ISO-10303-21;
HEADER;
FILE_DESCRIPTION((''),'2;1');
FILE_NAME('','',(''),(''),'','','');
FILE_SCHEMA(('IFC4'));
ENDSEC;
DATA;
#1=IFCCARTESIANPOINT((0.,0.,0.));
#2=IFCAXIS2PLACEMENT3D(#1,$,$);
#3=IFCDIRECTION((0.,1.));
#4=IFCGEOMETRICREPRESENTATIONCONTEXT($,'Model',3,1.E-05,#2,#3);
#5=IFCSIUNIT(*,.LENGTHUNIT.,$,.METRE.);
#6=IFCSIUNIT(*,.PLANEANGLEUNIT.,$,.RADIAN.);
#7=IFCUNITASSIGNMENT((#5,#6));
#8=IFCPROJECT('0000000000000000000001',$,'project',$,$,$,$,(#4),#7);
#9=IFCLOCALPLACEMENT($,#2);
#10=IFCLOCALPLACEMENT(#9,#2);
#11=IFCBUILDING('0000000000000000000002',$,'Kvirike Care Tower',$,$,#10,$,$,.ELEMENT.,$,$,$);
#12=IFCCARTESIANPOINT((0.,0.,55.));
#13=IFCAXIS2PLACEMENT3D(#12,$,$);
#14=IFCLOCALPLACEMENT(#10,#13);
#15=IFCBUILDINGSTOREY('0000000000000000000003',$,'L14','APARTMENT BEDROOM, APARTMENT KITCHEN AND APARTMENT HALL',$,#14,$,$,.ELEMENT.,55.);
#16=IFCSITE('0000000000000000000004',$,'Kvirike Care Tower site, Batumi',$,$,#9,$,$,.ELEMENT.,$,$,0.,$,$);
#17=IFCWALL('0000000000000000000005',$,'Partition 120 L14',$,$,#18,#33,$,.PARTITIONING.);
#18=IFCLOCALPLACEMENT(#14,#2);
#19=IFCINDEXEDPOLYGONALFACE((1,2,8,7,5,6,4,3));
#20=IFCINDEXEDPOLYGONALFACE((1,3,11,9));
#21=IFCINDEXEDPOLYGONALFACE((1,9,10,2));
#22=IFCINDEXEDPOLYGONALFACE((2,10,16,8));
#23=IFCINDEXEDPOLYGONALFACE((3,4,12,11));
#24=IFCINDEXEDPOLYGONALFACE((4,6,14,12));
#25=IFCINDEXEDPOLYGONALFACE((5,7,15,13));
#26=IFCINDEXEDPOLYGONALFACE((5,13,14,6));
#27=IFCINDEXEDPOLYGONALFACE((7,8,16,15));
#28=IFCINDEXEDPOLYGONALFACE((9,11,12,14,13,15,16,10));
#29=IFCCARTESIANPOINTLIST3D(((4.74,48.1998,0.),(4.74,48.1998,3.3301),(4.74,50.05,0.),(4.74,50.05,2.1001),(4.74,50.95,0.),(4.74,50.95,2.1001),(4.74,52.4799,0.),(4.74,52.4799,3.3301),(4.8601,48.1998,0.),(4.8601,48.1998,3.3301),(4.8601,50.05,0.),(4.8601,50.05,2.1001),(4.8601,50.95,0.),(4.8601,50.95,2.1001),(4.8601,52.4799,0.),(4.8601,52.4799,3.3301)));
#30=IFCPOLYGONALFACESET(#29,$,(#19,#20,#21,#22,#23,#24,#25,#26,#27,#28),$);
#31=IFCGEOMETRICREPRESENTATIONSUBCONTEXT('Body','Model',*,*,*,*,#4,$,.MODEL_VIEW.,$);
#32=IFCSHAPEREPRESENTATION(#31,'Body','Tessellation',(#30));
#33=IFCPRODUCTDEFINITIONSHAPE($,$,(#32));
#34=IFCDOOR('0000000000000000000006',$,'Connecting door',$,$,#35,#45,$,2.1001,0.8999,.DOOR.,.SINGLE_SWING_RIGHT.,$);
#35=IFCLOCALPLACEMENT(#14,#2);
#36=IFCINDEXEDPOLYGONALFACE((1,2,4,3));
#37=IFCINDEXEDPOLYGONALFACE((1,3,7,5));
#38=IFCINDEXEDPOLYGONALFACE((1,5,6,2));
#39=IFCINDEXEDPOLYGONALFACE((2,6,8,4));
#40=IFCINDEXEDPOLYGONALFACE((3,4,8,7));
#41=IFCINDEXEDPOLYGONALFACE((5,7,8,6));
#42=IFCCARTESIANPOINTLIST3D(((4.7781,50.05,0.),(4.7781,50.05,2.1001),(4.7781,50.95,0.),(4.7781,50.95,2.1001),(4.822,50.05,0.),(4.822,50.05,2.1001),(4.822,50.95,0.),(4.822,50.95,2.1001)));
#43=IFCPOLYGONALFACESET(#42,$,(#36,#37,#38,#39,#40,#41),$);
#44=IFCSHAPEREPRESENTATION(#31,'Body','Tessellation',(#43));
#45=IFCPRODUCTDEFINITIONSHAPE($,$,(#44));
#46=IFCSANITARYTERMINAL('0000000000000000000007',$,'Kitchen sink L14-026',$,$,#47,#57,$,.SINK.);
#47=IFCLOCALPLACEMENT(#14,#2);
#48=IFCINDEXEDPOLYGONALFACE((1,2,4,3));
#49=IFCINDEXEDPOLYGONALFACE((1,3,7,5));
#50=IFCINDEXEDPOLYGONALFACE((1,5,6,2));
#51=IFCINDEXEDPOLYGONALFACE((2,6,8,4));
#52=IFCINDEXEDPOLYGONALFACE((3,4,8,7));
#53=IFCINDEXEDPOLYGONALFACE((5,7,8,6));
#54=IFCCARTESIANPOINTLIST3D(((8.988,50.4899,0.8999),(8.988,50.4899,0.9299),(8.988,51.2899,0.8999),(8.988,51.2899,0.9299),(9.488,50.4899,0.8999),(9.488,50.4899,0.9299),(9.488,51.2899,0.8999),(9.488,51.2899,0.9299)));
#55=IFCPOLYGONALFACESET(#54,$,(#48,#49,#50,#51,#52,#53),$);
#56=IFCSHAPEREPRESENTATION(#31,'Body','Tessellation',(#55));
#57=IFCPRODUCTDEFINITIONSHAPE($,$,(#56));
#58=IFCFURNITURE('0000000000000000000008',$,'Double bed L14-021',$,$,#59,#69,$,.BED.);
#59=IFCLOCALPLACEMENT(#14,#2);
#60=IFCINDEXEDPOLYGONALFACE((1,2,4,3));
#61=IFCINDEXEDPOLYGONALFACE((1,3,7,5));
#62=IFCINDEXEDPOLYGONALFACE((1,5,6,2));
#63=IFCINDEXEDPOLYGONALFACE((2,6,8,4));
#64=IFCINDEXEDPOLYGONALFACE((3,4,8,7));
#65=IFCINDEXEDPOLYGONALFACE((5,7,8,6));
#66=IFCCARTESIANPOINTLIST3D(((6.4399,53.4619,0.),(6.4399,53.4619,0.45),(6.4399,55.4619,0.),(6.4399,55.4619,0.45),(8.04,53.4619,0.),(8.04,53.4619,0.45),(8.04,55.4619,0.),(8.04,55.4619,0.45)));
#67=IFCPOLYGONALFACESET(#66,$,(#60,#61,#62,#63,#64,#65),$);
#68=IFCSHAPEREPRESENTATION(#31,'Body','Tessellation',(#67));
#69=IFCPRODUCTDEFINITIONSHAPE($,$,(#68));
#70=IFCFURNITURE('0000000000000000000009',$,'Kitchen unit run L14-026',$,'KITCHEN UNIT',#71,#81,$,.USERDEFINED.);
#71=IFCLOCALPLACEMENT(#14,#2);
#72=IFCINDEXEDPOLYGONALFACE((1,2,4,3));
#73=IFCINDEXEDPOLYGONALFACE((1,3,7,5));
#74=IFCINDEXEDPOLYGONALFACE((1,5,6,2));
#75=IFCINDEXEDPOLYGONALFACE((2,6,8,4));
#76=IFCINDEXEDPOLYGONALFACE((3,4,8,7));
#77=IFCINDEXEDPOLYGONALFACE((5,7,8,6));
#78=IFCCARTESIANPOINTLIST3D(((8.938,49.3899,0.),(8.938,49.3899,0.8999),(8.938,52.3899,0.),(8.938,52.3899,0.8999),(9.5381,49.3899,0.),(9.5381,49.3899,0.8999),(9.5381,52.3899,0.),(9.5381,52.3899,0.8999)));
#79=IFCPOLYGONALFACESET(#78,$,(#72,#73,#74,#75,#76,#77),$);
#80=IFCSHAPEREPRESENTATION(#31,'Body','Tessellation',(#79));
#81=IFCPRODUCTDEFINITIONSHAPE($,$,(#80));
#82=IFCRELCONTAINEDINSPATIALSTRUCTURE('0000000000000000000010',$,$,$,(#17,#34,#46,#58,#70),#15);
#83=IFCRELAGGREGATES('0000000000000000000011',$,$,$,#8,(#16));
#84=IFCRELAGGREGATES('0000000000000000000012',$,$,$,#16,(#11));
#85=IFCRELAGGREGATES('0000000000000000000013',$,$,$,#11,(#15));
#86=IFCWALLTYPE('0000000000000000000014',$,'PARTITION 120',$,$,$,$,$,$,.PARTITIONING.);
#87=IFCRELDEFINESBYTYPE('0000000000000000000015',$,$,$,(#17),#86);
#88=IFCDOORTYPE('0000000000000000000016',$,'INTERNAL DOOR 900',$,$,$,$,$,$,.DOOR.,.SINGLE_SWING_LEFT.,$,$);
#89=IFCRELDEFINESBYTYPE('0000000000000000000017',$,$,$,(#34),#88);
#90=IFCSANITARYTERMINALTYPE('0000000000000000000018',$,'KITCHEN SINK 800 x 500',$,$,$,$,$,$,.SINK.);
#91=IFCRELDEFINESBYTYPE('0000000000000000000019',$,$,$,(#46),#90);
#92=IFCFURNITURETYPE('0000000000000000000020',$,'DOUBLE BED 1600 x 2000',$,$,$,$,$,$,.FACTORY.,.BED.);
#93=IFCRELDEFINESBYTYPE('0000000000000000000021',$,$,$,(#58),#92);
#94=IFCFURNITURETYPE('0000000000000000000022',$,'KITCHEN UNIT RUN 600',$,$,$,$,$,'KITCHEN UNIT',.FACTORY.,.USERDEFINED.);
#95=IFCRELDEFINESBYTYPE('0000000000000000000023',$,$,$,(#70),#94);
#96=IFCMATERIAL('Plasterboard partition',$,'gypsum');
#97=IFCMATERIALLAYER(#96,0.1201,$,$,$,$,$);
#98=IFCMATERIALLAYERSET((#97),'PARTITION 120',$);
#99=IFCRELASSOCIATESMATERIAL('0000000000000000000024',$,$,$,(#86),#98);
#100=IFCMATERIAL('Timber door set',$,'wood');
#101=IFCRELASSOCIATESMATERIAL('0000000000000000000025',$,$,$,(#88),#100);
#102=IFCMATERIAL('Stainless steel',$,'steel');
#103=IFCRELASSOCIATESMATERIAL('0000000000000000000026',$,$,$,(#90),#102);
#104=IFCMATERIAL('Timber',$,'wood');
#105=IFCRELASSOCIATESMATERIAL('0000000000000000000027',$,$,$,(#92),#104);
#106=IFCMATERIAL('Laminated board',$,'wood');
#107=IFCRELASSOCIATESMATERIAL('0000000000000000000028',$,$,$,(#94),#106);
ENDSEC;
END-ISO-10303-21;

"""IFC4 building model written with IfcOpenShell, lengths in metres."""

from ifc_helpers import new_model, si_unit, direction, frame, frame_2d, origin, origin_2d, place, context, subcontext, project, spatial, rectangle, extrude, material, layer, layer_set, type_object, element, fill, save


model = new_model("IFC4")

# Units and contexts
model_context = context("Model", 3, precision=1e-05, world=origin(), true_north=direction((0.0, 1.0)))
body_context = subcontext(model_context, "Body", "Model", "MODEL_VIEW")
ifc_project = project(units=[si_unit("LENGTHUNIT", "METRE"), si_unit("PLANEANGLEUNIT", "RADIAN")], contexts=[model_context])

# Site, building, storey
site_placement = place(None, origin())
site = spatial("IfcSite", under=ifc_project, at=site_placement, Name="Kvirike Care Tower site, Batumi", CompositionType="ELEMENT", RefElevation=0.0)
building_placement = place(site_placement, origin())
building = spatial("IfcBuilding", under=site, at=building_placement, Name="Kvirike Care Tower", CompositionType="ELEMENT")
storey_placement = place(building_placement, frame((0.0, 0.0, 55.0)))
storey = spatial("IfcBuildingStorey", under=building, at=storey_placement, Name="L14", Description="APARTMENT BEDROOM, APARTMENT KITCHEN AND APARTMENT HALL", CompositionType="ELEMENT", Elevation=55.0)

# Shared definitions
ifc_material_1 = material(Name="Plasterboard partition", Category="gypsum")
ifc_layer_1 = layer(ifc_material_1, 0.1201)
ifc_layer_set_1 = layer_set([ifc_layer_1], Name="PARTITION 120")
wall_type_1 = type_object("IfcWallType", Name="PARTITION 120", PredefinedType="PARTITIONING", material=ifc_layer_set_1)
ifc_material_2 = material(Name="Timber door set", Category="wood")
door_type_1 = type_object("IfcDoorType", Name="INTERNAL DOOR 900", OperationType="SINGLE_SWING_LEFT", PredefinedType="DOOR", material=ifc_material_2)

# Wall, opening, door
wall_1_placement = place(storey_placement, frame((4.8, 52.48, 0.0), z_axis=(0.0, 0.0, 1.0), x_axis=(0.0, -1.0, 0.0)))
wall_1 = element("IfcWall", 1, at=wall_1_placement, inside=storey, type_object=wall_type_1, Name="Partition 120 L14", PredefinedType="PARTITIONING", context=body_context, shape_type="SweptSolid", body=[
    extrude(rectangle(XDim=4.28, YDim=0.1201, at=frame_2d((2.1401, 0.0))), origin(), (0.0, 0.0, 1.0), 3.3301),
])
opening_1_placement = place(wall_1_placement, frame((1.53, 0.0, 0.0)))
opening_1 = element("IfcOpeningElement", 2, at=opening_1_placement, cuts=wall_1, PredefinedType="OPENING", context=body_context, shape_type="SweptSolid", body=[
    extrude(rectangle(XDim=0.8999, YDim=2.1001, at=frame_2d((0.45, 1.05))), frame((0.0, 0.0706, 0.0), z_axis=(0.0, -1.0, 0.0), x_axis=(1.0, 0.0, 0.0)), (0.0, 0.0, 1.0), 0.1411),
])
door_1_placement = place(opening_1_placement, frame((0.8999, 0.0, 0.0), z_axis=(0.0, 0.0, 1.0), x_axis=(-1.0, 0.0, 0.0)))
door_1 = element("IfcDoor", 3, at=door_1_placement, inside=storey, type_object=door_type_1, Name="Connecting door", OperationType="SINGLE_SWING_RIGHT", OverallHeight=2.1001, OverallWidth=0.8999, PredefinedType="DOOR", context=body_context, shape_type="SweptSolid", body=[
    extrude(rectangle(XDim=0.8999, YDim=2.1001, at=frame_2d((0.45, 1.05))), frame((0.0, 0.022, 0.0), z_axis=(0.0, -1.0, 0.0), x_axis=(1.0, 0.0, 0.0)), (0.0, 0.0, 1.0), 0.0439),
])
fill(opening_1, door_1)

# Sanitary terminal
ifc_material_3 = material(Name="Stainless steel", Category="steel")
sanitary_terminal_type = type_object("IfcSanitaryTerminalType", Name="KITCHEN SINK 800 x 500", PredefinedType="SINK", material=ifc_material_3)
sanitary_terminal_placement = place(storey_placement, frame((9.238, 50.8899, 0.8999), z_axis=(0.0, 0.0, 1.0), x_axis=(0.0, -1.0, 0.0)))
element("IfcSanitaryTerminal", 4, at=sanitary_terminal_placement, inside=storey, type_object=sanitary_terminal_type, Name="Kitchen sink L14-026", PredefinedType="SINK", context=body_context, shape_type="SweptSolid", body=[
    extrude(rectangle(XDim=0.8, YDim=0.5, at=origin_2d()), origin(), (0.0, 0.0, 1.0), 0.03),
])

# Furniture
ifc_material_4 = material(Name="Timber", Category="wood")
furniture_type_1 = type_object("IfcFurnitureType", Name="DOUBLE BED 1600 x 2000", AssemblyPlace="FACTORY", PredefinedType="BED", material=ifc_material_4)
furniture_1_placement = place(storey_placement, frame((7.24, 54.4619, 0.0), z_axis=(0.0, 0.0, 1.0), x_axis=(-1.0, 0.0, 0.0)))
element("IfcFurniture", 5, at=furniture_1_placement, inside=storey, type_object=furniture_type_1, Name="Double bed L14-021", PredefinedType="BED", context=body_context, shape_type="SweptSolid", body=[
    extrude(rectangle(XDim=1.6001, YDim=2.0, at=origin_2d()), origin(), (0.0, 0.0, 1.0), 0.45),
])
ifc_material_5 = material(Name="Laminated board", Category="wood")
furniture_type_2 = type_object("IfcFurnitureType", Name="KITCHEN UNIT RUN 600", ElementType="KITCHEN UNIT", AssemblyPlace="FACTORY", PredefinedType="USERDEFINED", material=ifc_material_5)
furniture_2_placement = place(storey_placement, frame((9.238, 50.8899, 0.0), z_axis=(0.0, 0.0, 1.0), x_axis=(0.0, -1.0, 0.0)))
element("IfcFurniture", 6, at=furniture_2_placement, inside=storey, type_object=furniture_type_2, Name="Kitchen unit run L14-026", ObjectType="KITCHEN UNIT", PredefinedType="USERDEFINED", context=body_context, shape_type="SweptSolid", body=[
    extrude(rectangle(XDim=3.0, YDim=0.6001, at=origin_2d()), origin(), (0.0, 0.0, 1.0), 0.8999),
])

save(model, "model.ifc")
